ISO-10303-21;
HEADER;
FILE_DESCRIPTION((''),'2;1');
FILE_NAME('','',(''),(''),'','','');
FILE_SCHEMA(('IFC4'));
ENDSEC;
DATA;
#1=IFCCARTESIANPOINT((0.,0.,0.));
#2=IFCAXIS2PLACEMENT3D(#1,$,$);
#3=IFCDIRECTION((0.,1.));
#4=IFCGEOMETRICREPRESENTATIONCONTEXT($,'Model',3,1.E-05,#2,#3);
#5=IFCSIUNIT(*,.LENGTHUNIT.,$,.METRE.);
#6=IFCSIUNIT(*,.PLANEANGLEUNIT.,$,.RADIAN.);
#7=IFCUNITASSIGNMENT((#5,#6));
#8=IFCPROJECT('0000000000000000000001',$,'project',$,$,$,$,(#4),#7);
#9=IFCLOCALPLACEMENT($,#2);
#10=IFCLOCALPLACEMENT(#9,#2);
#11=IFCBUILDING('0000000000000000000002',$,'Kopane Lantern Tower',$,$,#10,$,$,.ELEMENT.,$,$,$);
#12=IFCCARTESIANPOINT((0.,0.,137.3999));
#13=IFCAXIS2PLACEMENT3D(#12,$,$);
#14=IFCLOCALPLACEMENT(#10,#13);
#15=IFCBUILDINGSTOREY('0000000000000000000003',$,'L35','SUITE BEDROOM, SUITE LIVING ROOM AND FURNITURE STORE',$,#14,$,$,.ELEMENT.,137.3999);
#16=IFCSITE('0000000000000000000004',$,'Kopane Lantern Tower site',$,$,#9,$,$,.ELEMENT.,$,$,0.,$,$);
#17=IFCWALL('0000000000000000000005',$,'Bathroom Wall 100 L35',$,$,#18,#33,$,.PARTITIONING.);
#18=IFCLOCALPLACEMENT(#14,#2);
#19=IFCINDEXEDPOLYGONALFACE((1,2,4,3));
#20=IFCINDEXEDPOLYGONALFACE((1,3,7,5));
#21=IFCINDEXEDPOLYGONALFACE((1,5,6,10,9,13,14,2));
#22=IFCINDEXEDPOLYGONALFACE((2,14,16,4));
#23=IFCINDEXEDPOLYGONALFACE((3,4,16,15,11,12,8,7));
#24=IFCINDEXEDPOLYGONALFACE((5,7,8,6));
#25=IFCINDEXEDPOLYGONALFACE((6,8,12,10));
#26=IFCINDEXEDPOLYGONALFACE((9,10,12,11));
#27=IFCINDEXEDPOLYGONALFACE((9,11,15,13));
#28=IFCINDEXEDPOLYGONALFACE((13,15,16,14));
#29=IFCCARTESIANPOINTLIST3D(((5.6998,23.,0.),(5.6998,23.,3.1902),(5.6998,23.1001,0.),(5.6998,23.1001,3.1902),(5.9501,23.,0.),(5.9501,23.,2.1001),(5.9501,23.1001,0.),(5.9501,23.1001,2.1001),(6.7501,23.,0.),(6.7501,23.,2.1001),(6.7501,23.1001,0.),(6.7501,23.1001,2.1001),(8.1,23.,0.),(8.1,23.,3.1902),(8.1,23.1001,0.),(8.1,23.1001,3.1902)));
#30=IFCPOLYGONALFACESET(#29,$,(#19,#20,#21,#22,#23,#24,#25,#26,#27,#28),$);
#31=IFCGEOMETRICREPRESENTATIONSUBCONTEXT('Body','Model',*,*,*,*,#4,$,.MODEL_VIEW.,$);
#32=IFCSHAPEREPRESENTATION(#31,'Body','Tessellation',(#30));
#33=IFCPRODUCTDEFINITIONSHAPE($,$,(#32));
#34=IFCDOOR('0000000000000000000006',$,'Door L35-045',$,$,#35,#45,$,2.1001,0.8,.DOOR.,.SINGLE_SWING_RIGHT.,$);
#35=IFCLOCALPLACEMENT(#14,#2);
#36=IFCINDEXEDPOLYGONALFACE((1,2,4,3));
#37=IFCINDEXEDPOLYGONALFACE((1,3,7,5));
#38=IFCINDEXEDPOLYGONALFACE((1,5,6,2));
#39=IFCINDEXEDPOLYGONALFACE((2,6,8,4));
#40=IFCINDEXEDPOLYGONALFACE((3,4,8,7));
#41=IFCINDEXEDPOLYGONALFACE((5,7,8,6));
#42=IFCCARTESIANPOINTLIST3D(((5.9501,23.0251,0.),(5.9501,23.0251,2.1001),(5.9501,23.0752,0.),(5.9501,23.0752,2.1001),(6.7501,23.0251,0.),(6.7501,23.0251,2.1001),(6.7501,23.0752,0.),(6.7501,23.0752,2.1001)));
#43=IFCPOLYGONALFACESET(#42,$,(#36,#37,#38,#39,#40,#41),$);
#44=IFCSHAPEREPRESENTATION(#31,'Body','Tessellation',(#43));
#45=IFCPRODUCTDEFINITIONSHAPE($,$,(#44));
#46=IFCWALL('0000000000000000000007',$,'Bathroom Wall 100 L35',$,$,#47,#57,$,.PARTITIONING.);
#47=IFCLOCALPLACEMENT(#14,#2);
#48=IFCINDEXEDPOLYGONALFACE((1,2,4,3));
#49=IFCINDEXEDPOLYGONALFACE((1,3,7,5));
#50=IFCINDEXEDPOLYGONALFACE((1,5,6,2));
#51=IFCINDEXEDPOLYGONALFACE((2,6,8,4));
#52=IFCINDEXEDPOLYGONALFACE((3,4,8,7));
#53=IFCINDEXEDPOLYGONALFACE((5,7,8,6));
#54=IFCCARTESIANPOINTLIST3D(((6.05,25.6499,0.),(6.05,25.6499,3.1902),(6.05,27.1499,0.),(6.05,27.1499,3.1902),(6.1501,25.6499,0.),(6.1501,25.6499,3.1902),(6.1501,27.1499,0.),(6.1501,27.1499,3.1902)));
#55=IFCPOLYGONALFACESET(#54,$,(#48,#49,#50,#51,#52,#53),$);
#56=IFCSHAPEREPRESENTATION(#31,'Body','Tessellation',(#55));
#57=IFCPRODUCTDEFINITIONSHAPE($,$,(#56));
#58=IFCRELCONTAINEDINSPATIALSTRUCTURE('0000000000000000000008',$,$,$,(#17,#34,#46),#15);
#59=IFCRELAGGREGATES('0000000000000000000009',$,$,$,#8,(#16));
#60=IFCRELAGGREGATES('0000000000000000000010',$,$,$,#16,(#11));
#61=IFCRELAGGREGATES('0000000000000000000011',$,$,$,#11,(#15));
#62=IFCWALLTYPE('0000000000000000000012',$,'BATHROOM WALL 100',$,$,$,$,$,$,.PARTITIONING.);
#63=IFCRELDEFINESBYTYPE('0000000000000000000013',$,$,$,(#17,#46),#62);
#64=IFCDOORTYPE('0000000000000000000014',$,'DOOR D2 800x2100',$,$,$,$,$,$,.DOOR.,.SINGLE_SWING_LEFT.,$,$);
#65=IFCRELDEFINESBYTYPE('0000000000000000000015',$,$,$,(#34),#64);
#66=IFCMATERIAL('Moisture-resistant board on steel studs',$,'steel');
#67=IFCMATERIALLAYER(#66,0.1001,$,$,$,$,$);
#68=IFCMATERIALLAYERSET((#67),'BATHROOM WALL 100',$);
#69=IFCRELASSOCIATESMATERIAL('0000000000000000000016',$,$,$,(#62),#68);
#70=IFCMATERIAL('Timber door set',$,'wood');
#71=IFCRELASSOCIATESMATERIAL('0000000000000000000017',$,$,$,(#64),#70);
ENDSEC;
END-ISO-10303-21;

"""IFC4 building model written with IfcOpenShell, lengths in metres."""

from ifc_helpers import new_model, si_unit, direction, frame, frame_2d, origin, place, context, subcontext, project, spatial, rectangle, extrude, material, layer, layer_set, type_object, element, fill, save


model = new_model("IFC4")

# Units and contexts
model_context = context("Model", 3, precision=1e-05, world=origin(), true_north=direction((0.0, 1.0)))
body_context = subcontext(model_context, "Body", "Model", "MODEL_VIEW")
ifc_project = project(units=[si_unit("LENGTHUNIT", "METRE"), si_unit("PLANEANGLEUNIT", "RADIAN")], contexts=[model_context])

# Site, building, storey
site_placement = place(None, origin())
site = spatial("IfcSite", under=ifc_project, at=site_placement, Name="Kopane Lantern Tower site", CompositionType="ELEMENT", RefElevation=0.0)
building_placement = place(site_placement, origin())
building = spatial("IfcBuilding", under=site, at=building_placement, Name="Kopane Lantern Tower", CompositionType="ELEMENT")
storey_placement = place(building_placement, frame((0.0, 0.0, 137.3999)))
storey = spatial("IfcBuildingStorey", under=building, at=storey_placement, Name="L35", Description="SUITE BEDROOM, SUITE LIVING ROOM AND FURNITURE STORE", CompositionType="ELEMENT", Elevation=137.3999)

# Shared definitions
ifc_material_1 = material(Name="Moisture-resistant board on steel studs", Category="steel")
ifc_layer_1 = layer(ifc_material_1, 0.1001)
ifc_layer_set_1 = layer_set([ifc_layer_1], Name="BATHROOM WALL 100")
wall_type_1 = type_object("IfcWallType", Name="BATHROOM WALL 100", PredefinedType="PARTITIONING", material=ifc_layer_set_1)
ifc_material_2 = material(Name="Timber door set", Category="wood")
door_type_1 = type_object("IfcDoorType", Name="DOOR D2 800x2100", OperationType="SINGLE_SWING_LEFT", PredefinedType="DOOR", material=ifc_material_2)

# Wall, opening, door
wall_1_placement = place(storey_placement, frame((8.1001, 23.05, 0.0), z_axis=(0.0, 0.0, 1.0), x_axis=(-1.0, 0.0, 0.0)))
wall_1 = element("IfcWall", 1, at=wall_1_placement, inside=storey, type_object=wall_type_1, Name="Bathroom Wall 100 L35", PredefinedType="PARTITIONING", context=body_context, shape_type="SweptSolid", body=[
    extrude(rectangle(XDim=2.4001, YDim=0.1001, at=frame_2d((1.2002, 0.0))), origin(), (0.0, 0.0, 1.0), 3.1902),
])
opening_1_placement = place(wall_1_placement, frame((1.3501, 0.0, 0.0)))
opening_1 = element("IfcOpeningElement", 2, at=opening_1_placement, cuts=wall_1, PredefinedType="OPENING", context=body_context, shape_type="SweptSolid", body=[
    extrude(rectangle(XDim=0.8, YDim=2.1001, at=frame_2d((0.3999, 1.05))), frame((0.0, 0.0601, 0.0), z_axis=(0.0, -1.0, 0.0), x_axis=(1.0, 0.0, 0.0)), (0.0, 0.0, 1.0), 0.1201),
])
door_1_placement = place(opening_1_placement, origin())
door_1 = element("IfcDoor", 3, at=door_1_placement, inside=storey, type_object=door_type_1, Name="Door L35-045", OperationType="SINGLE_SWING_RIGHT", OverallHeight=2.1001, OverallWidth=0.8, PredefinedType="DOOR", context=body_context, shape_type="SweptSolid", body=[
    extrude(rectangle(XDim=0.8, YDim=2.1001, at=frame_2d((0.3999, 1.05))), frame((0.0, 0.0249, 0.0), z_axis=(0.0, -1.0, 0.0), x_axis=(1.0, 0.0, 0.0)), (0.0, 0.0, 1.0), 0.05),
])
fill(opening_1, door_1)

# Wall
wall_2_placement = place(storey_placement, frame((6.1001, 25.6499, 0.0), z_axis=(0.0, 0.0, 1.0), x_axis=(0.0, 1.0, 0.0)))
element("IfcWall", 4, at=wall_2_placement, inside=storey, type_object=wall_type_1, Name="Bathroom Wall 100 L35", PredefinedType="PARTITIONING", context=body_context, shape_type="SweptSolid", body=[
    extrude(rectangle(XDim=1.5, YDim=0.1001, at=frame_2d((0.75, 0.0))), origin(), (0.0, 0.0, 1.0), 3.1902),
])

save(model, "model.ifc")
